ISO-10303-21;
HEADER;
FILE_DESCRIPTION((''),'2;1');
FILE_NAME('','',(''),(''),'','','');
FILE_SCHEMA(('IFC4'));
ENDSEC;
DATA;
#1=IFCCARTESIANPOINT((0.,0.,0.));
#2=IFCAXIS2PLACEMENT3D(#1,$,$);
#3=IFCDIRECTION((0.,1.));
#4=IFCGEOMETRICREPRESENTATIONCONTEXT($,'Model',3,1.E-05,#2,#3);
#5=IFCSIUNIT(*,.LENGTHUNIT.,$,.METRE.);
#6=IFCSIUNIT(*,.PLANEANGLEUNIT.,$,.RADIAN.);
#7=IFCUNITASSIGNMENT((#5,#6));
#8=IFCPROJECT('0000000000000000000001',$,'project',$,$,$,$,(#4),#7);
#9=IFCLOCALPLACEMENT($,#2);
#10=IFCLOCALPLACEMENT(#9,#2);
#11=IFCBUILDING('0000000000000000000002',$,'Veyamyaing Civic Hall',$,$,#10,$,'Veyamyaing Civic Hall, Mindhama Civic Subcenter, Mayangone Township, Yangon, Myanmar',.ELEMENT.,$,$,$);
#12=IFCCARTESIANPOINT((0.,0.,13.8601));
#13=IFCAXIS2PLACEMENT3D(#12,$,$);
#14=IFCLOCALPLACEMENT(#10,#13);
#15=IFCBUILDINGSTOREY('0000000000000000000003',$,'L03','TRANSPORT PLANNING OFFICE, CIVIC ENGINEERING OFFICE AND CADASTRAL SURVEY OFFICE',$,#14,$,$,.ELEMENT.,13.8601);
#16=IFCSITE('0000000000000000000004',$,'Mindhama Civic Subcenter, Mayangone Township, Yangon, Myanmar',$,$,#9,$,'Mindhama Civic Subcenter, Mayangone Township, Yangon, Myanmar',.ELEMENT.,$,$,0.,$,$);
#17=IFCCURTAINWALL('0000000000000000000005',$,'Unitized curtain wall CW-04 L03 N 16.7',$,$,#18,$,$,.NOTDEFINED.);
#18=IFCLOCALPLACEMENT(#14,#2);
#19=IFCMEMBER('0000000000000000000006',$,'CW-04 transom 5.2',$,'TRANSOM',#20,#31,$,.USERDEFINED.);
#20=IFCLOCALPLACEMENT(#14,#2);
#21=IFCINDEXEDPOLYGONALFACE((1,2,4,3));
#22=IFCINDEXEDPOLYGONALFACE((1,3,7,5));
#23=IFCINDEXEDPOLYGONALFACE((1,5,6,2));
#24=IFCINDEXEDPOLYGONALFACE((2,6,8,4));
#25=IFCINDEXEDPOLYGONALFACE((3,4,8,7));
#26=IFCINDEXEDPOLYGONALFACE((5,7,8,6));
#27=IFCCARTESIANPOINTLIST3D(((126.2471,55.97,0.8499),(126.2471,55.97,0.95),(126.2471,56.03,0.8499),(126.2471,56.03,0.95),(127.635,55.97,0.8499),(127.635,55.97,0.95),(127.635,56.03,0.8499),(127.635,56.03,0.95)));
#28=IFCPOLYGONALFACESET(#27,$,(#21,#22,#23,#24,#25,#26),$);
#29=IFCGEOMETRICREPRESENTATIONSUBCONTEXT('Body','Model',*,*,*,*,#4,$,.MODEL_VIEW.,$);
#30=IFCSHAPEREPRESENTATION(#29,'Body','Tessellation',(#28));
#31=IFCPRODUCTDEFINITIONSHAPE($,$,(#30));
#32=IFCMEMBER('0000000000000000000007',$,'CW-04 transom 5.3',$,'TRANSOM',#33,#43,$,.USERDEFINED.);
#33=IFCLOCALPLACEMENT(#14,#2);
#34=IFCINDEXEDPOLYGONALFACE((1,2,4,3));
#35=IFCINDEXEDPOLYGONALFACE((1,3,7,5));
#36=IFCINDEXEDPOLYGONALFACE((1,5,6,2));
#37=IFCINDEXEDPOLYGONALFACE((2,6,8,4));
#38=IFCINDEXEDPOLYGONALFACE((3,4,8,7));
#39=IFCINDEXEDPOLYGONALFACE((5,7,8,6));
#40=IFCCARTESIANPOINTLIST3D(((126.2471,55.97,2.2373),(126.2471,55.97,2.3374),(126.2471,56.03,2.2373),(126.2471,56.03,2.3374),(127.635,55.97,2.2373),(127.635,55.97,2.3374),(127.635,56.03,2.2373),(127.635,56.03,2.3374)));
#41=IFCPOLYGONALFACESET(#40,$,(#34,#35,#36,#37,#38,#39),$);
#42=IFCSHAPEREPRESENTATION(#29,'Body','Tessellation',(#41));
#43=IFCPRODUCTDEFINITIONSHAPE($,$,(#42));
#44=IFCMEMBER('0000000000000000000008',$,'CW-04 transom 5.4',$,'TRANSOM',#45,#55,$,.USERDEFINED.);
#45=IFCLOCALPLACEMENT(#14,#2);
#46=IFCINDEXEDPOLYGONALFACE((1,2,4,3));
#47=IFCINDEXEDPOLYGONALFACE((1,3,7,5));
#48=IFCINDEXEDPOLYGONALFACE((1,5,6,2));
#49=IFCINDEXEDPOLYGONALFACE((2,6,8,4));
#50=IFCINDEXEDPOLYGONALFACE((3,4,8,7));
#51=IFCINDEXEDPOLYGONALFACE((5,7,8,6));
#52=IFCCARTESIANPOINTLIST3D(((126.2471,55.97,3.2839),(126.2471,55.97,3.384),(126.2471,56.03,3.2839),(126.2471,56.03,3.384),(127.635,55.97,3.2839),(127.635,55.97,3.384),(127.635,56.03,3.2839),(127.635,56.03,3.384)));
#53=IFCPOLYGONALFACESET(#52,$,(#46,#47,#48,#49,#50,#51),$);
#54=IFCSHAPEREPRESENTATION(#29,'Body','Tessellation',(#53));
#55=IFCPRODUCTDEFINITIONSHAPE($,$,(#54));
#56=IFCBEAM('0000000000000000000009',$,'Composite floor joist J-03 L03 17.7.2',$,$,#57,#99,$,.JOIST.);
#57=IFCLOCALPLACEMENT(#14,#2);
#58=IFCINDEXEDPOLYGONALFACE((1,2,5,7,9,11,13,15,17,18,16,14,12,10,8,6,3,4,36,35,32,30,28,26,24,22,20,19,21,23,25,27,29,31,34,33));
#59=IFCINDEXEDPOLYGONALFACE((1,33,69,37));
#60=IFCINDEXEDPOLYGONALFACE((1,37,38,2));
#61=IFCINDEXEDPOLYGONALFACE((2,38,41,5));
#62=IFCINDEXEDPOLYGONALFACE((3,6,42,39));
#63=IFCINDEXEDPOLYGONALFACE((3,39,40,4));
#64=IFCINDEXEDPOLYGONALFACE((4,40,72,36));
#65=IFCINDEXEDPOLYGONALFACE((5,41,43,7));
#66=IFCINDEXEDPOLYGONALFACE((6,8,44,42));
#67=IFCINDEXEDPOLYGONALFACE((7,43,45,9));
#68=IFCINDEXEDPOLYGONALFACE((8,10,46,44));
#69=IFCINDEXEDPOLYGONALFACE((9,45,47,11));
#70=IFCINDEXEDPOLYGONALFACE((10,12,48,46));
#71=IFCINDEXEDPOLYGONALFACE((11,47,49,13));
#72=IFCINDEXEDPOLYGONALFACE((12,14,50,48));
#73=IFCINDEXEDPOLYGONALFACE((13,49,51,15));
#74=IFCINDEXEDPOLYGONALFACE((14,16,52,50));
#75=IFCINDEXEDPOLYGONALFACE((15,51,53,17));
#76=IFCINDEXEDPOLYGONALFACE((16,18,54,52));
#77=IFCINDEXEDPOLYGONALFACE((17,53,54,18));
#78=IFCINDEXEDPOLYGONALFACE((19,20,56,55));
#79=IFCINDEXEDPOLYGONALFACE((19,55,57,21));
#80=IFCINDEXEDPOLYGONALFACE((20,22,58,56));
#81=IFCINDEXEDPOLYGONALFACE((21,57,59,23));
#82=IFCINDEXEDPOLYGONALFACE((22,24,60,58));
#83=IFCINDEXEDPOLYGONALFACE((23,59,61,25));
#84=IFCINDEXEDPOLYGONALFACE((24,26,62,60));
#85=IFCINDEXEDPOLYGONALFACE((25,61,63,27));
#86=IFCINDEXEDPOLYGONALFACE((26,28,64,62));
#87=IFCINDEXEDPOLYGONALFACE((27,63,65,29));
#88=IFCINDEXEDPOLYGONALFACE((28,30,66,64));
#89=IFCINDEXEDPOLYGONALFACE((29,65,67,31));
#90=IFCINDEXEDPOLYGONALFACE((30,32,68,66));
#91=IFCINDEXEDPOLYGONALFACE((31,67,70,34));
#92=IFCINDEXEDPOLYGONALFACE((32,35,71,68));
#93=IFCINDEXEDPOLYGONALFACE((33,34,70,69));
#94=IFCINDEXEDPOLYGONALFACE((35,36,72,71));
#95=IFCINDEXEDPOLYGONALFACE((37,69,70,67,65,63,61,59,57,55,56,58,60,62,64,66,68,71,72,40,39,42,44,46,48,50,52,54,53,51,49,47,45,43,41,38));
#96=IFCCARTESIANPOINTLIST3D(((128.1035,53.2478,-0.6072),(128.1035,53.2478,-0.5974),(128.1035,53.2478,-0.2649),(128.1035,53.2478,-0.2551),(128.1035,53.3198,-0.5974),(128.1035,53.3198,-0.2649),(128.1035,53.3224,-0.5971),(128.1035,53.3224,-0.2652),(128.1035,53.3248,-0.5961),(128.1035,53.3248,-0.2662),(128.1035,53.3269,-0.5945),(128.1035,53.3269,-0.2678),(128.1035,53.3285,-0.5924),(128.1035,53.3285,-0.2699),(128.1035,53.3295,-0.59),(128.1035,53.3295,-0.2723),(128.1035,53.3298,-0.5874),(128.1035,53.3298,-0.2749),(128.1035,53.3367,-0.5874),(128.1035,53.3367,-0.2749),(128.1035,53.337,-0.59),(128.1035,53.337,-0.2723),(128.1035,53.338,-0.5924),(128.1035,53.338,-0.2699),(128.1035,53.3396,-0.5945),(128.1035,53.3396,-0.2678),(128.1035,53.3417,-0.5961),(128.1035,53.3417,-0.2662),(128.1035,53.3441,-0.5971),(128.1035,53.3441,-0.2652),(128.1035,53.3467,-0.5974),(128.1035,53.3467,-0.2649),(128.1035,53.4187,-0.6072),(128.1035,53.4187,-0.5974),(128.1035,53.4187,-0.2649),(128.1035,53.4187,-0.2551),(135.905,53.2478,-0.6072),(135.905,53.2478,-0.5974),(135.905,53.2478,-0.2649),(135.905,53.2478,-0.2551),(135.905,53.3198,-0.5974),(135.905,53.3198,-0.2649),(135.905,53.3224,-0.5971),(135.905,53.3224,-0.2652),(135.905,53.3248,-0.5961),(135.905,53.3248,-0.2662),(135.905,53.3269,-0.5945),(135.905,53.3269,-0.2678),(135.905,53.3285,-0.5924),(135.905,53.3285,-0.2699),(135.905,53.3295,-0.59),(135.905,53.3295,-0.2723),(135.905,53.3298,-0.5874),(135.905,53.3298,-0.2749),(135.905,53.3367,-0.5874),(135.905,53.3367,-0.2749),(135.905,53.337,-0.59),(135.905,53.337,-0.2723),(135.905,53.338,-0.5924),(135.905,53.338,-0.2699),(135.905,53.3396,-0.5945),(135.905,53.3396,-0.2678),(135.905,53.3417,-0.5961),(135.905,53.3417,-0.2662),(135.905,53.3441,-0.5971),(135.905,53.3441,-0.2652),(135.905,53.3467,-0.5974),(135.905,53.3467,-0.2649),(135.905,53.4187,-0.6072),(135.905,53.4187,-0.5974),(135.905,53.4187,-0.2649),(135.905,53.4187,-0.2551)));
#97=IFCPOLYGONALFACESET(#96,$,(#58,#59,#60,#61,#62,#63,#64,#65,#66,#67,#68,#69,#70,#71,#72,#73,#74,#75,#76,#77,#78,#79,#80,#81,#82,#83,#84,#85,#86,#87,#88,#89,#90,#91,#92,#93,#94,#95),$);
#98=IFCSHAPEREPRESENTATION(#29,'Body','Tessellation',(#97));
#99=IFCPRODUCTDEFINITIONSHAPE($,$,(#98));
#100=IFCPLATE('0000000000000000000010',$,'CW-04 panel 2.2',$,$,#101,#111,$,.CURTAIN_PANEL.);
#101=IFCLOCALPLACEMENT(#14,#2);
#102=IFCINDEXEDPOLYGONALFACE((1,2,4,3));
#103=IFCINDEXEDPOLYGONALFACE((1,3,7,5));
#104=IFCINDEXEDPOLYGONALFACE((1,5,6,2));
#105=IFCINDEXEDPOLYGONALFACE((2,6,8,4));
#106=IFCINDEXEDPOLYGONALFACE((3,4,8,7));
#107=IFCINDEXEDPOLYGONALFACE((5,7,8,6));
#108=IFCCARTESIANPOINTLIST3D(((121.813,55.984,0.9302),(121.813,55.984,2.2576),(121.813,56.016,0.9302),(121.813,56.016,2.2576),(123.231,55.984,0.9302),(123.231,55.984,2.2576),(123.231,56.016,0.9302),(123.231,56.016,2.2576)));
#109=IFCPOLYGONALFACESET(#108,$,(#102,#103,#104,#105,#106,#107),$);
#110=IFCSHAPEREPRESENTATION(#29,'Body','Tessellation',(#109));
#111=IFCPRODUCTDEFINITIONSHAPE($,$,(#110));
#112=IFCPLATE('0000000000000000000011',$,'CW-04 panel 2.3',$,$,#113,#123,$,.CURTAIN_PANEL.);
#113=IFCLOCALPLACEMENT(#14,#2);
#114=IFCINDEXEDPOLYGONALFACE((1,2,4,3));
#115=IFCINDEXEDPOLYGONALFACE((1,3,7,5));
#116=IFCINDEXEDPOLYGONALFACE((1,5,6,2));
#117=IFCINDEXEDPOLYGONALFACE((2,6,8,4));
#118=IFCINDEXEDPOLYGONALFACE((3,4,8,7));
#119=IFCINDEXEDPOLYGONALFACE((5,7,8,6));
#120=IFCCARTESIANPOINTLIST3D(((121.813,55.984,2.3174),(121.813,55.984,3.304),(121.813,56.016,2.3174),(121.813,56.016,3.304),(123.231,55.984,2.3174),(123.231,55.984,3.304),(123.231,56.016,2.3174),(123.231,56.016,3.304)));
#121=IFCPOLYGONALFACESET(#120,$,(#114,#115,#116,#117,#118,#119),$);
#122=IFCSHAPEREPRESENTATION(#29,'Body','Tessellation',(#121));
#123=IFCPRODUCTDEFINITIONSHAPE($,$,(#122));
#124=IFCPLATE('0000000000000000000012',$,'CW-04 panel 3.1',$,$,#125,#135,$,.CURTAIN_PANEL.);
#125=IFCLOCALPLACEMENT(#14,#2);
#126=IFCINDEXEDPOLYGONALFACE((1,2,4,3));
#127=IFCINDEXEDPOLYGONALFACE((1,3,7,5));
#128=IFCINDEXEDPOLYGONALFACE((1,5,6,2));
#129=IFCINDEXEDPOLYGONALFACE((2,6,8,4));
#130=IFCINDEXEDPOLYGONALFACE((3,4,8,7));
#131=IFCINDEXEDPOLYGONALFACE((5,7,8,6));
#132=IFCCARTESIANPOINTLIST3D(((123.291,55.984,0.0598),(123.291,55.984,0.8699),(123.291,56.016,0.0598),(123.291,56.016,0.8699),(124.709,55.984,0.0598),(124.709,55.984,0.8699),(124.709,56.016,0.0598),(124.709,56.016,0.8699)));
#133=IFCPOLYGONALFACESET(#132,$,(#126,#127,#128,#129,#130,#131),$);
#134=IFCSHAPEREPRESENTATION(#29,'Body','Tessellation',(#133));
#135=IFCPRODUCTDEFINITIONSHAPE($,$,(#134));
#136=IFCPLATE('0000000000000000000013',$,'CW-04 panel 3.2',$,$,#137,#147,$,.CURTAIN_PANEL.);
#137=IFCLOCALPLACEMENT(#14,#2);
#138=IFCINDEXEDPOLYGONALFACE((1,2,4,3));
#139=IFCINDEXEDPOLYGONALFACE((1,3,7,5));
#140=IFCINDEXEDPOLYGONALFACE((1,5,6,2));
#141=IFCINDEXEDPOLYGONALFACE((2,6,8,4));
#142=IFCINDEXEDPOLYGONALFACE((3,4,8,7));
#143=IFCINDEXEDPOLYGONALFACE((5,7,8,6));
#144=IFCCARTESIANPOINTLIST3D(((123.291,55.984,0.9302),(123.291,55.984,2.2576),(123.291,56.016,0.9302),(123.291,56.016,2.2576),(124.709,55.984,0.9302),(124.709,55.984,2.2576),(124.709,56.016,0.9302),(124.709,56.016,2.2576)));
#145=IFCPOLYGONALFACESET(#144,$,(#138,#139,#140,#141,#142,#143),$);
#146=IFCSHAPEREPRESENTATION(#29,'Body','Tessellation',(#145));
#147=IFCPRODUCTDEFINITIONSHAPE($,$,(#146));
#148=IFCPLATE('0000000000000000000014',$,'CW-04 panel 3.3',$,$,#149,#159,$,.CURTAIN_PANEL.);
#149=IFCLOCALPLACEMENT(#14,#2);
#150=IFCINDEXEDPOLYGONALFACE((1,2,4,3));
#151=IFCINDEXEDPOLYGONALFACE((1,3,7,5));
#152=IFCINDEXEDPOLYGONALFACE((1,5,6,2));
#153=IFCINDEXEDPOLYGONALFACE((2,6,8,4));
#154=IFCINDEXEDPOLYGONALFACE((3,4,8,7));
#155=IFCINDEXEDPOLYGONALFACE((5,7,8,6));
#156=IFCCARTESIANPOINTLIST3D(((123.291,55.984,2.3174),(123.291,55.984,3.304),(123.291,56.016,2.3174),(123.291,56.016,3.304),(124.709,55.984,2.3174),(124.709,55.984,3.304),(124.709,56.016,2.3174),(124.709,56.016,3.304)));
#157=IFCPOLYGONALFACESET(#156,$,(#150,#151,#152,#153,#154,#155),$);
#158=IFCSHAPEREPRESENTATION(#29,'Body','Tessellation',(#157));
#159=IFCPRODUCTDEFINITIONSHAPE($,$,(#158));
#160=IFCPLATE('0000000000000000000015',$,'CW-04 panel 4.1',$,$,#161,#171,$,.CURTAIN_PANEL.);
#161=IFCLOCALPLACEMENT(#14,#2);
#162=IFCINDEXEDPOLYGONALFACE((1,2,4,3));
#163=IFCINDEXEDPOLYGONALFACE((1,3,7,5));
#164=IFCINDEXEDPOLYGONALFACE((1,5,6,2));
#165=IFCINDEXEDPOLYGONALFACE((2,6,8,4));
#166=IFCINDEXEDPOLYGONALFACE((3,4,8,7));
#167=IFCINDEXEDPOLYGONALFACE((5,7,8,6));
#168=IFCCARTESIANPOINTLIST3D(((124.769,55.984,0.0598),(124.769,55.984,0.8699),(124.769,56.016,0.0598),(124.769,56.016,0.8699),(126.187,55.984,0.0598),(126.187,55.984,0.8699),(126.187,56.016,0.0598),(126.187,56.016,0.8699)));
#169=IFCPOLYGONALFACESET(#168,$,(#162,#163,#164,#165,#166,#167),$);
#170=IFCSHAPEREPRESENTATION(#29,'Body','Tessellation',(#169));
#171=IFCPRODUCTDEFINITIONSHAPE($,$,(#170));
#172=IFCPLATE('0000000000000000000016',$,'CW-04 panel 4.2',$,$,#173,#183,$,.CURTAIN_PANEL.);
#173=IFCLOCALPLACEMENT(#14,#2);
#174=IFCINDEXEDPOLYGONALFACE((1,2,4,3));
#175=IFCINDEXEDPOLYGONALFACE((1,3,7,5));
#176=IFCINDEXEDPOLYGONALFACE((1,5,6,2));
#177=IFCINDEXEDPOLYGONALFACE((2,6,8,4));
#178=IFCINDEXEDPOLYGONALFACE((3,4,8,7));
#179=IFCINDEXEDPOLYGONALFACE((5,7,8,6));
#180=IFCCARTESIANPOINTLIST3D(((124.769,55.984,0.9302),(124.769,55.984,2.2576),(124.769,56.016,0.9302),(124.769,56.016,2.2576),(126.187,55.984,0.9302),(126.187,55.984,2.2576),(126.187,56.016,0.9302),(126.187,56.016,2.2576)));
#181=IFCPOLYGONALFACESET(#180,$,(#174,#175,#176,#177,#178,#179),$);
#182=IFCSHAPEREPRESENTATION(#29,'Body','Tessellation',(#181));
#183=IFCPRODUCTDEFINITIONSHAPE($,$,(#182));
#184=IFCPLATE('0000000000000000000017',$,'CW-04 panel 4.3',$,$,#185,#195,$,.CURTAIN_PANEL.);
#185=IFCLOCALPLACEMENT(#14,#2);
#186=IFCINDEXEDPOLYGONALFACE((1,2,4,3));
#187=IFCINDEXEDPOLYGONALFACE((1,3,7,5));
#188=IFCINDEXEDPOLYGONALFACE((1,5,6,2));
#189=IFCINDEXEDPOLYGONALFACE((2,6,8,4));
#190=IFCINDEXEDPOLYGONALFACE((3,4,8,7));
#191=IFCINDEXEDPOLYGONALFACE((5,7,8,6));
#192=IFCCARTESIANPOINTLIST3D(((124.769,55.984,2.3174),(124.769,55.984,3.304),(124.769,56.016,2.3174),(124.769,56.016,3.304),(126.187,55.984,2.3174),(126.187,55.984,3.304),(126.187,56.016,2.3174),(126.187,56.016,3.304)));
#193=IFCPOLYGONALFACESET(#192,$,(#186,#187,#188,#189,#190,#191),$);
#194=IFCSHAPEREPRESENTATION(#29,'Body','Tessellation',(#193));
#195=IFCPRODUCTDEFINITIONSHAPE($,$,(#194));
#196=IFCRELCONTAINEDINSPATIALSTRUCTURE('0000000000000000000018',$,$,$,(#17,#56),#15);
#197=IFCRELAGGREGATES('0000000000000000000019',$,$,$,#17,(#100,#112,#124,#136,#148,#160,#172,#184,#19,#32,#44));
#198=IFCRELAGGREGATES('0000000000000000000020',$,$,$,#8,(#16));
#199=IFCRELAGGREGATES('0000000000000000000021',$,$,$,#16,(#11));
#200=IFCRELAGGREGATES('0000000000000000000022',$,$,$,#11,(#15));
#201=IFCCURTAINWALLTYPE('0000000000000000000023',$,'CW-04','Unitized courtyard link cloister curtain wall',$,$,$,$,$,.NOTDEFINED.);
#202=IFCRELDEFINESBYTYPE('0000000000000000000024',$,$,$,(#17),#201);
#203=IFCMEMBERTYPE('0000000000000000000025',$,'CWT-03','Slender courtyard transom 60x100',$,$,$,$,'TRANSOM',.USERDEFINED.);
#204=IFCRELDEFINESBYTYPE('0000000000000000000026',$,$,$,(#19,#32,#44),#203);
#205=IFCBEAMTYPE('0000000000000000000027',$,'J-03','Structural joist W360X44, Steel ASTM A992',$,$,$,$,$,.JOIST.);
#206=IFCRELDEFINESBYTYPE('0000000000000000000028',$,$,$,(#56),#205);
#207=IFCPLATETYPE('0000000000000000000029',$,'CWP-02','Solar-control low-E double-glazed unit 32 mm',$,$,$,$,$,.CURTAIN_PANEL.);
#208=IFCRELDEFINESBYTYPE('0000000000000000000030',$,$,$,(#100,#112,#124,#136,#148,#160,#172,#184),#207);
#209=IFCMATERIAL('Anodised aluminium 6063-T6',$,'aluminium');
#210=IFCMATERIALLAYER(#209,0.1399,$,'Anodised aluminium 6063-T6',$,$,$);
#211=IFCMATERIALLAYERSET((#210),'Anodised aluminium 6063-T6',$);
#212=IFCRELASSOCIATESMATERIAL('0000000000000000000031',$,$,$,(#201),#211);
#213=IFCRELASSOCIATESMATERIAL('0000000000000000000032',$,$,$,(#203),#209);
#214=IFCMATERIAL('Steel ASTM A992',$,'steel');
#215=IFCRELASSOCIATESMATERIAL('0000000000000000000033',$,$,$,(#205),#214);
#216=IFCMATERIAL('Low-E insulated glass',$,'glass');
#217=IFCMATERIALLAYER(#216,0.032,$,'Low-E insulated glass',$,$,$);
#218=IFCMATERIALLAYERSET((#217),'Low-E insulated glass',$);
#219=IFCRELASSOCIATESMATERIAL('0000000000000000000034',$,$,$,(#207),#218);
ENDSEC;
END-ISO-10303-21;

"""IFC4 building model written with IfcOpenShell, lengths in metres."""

from ifc_helpers import new_model, si_unit, direction, frame, origin, origin_2d, place, context, subcontext, project, spatial, rectangle, i_section, extrude, material, layer, layer_set, material_profile, profile_set, type_object, element, aggregate, save


model = new_model("IFC4")

# Units and contexts
model_context = context("Model", 3, precision=1e-05, world=origin(), true_north=direction((0.0, 1.0)))
body_context = subcontext(model_context, "Body", "Model", "MODEL_VIEW")
ifc_project = project(units=[si_unit("LENGTHUNIT", "METRE"), si_unit("PLANEANGLEUNIT", "RADIAN")], contexts=[model_context])

# Site, building, storey
site_placement = place(None, origin())
site = spatial("IfcSite", under=ifc_project, at=site_placement, Name="Mindhama Civic Subcenter, Mayangone Township, Yangon, Myanmar", LongName="Mindhama Civic Subcenter, Mayangone Township, Yangon, Myanmar", CompositionType="ELEMENT", RefElevation=0.0)
building_placement = place(site_placement, origin())
building = spatial("IfcBuilding", under=site, at=building_placement, Name="Veyamyaing Civic Hall", LongName="Veyamyaing Civic Hall, Mindhama Civic Subcenter, Mayangone Township, Yangon, Myanmar", CompositionType="ELEMENT")
storey_placement = place(building_placement, frame((0.0, 0.0, 13.8601)))
storey = spatial("IfcBuildingStorey", under=building, at=storey_placement, Name="L03", Description="TRANSPORT PLANNING OFFICE, CIVIC ENGINEERING OFFICE AND CADASTRAL SURVEY OFFICE", CompositionType="ELEMENT", Elevation=13.8601)

# Curtain wall, members
ifc_material_1 = material(Name="Anodised aluminium 6063-T6", Category="aluminium")
ifc_layer_1 = layer(ifc_material_1, 0.1399, Name="Anodised aluminium 6063-T6")
ifc_layer_set_1 = layer_set([ifc_layer_1], Name="Anodised aluminium 6063-T6")
curtain_wall_type = type_object("IfcCurtainWallType", Name="CW-04", Description="Unitized courtyard link cloister curtain wall", PredefinedType="NOTDEFINED", material=ifc_layer_set_1)
curtain_wall_placement = place(storey_placement, origin())
curtain_wall = element("IfcCurtainWall", 1, at=curtain_wall_placement, inside=storey, type_object=curtain_wall_type, Name="Unitized curtain wall CW-04 L03 N 16.7", PredefinedType="NOTDEFINED")
ifc_material_profile_1 = material_profile(ifc_material_1, rectangle(XDim=0.0601, YDim=0.1001, at=origin_2d()), Name="ALU-TRN-60X100")
ifc_profile_set_1 = profile_set([ifc_material_profile_1], Name="Anodised aluminium 6063-T6")
member_type_1 = type_object("IfcMemberType", Name="CWT-03", Description="Slender courtyard transom 60x100", ElementType="TRANSOM", PredefinedType="USERDEFINED", material=ifc_profile_set_1)
member_1_placement = place(storey_placement, frame((126.2471, 56.0, 0.8999), z_axis=(1.0, 0.0, 0.0), x_axis=(0.0, 1.0, 0.0)))
member_1 = element("IfcMember", 2, at=member_1_placement, type_object=member_type_1, Name="CW-04 transom 5.2", ObjectType="TRANSOM", PredefinedType="USERDEFINED", context=body_context, shape_type="SweptSolid", body=[
    extrude(rectangle(XDim=0.0601, YDim=0.1001, at=origin_2d()), origin(), (0.0, 0.0, 1.0), 1.3879),
])
member_2_placement = place(storey_placement, frame((126.2471, 56.0, 2.2874), z_axis=(1.0, 0.0, 0.0), x_axis=(0.0, 1.0, 0.0)))
member_2 = element("IfcMember", 3, at=member_2_placement, type_object=member_type_1, Name="CW-04 transom 5.3", ObjectType="TRANSOM", PredefinedType="USERDEFINED", context=body_context, shape_type="SweptSolid", body=[
    extrude(rectangle(XDim=0.0601, YDim=0.1001, at=origin_2d()), origin(), (0.0, 0.0, 1.0), 1.3879),
])
member_3_placement = place(storey_placement, frame((126.2471, 56.0, 3.334), z_axis=(1.0, 0.0, 0.0), x_axis=(0.0, 1.0, 0.0)))
member_3 = element("IfcMember", 4, at=member_3_placement, type_object=member_type_1, Name="CW-04 transom 5.4", ObjectType="TRANSOM", PredefinedType="USERDEFINED", context=body_context, shape_type="SweptSolid", body=[
    extrude(rectangle(XDim=0.0601, YDim=0.1001, at=origin_2d()), origin(), (0.0, 0.0, 1.0), 1.3879),
])

# Beam
ifc_material_2 = material(Name="Steel ASTM A992", Category="steel")
ifc_material_profile_2 = material_profile(ifc_material_2, i_section(OverallWidth=0.1709, OverallDepth=0.3521, WebThickness=0.0068, FlangeThickness=0.0098, FilletRadius=0.01, at=origin_2d()), Name="W360X44")
ifc_profile_set_2 = profile_set([ifc_material_profile_2], Name="Steel ASTM A992")
beam_type = type_object("IfcBeamType", Name="J-03", Description="Structural joist W360X44, Steel ASTM A992", PredefinedType="JOIST", material=ifc_profile_set_2)
beam_placement = place(storey_placement, frame((128.1035, 53.3333, -0.4312), z_axis=(1.0, 0.0, 0.0), x_axis=(0.0, 1.0, 0.0)))
element("IfcBeam", 5, at=beam_placement, inside=storey, type_object=beam_type, Name="Composite floor joist J-03 L03 17.7.2", PredefinedType="JOIST", context=body_context, shape_type="SweptSolid", body=[
    extrude(i_section(OverallWidth=0.1709, OverallDepth=0.3521, WebThickness=0.0068, FlangeThickness=0.0098, FilletRadius=0.01, at=origin_2d()), origin(), (0.0, 0.0, 1.0), 7.8015),
])

# Plates
ifc_material_3 = material(Name="Low-E insulated glass", Category="glass")
ifc_layer_2 = layer(ifc_material_3, 0.032, Name="Low-E insulated glass")
ifc_layer_set_2 = layer_set([ifc_layer_2], Name="Low-E insulated glass")
plate_type = type_object("IfcPlateType", Name="CWP-02", Description="Solar-control low-E double-glazed unit 32 mm", PredefinedType="CURTAIN_PANEL", material=ifc_layer_set_2)
plate_1_placement = place(storey_placement, frame((122.522, 56.0, 0.9302), z_axis=(0.0, 0.0, 1.0), x_axis=(1.0, 0.0, 0.0)))
plate_1 = element("IfcPlate", 6, at=plate_1_placement, type_object=plate_type, Name="CW-04 panel 2.2", PredefinedType="CURTAIN_PANEL", context=body_context, shape_type="SweptSolid", body=[
    extrude(rectangle(XDim=1.418, YDim=0.032, at=origin_2d()), origin(), (0.0, 0.0, 1.0), 1.3274),
])
plate_2_placement = place(storey_placement, frame((122.522, 56.0, 2.3174), z_axis=(0.0, 0.0, 1.0), x_axis=(1.0, 0.0, 0.0)))
plate_2 = element("IfcPlate", 7, at=plate_2_placement, type_object=plate_type, Name="CW-04 panel 2.3", PredefinedType="CURTAIN_PANEL", context=body_context, shape_type="SweptSolid", body=[
    extrude(rectangle(XDim=1.418, YDim=0.032, at=origin_2d()), origin(), (0.0, 0.0, 1.0), 0.9866),
])
plate_3_placement = place(storey_placement, frame((124.0, 56.0, 0.0598), z_axis=(0.0, 0.0, 1.0), x_axis=(1.0, 0.0, 0.0)))
plate_3 = element("IfcPlate", 8, at=plate_3_placement, type_object=plate_type, Name="CW-04 panel 3.1", PredefinedType="CURTAIN_PANEL", context=body_context, shape_type="SweptSolid", body=[
    extrude(rectangle(XDim=1.418, YDim=0.032, at=origin_2d()), origin(), (0.0, 0.0, 1.0), 0.8101),
])
plate_4_placement = place(storey_placement, frame((124.0, 56.0, 0.9302), z_axis=(0.0, 0.0, 1.0), x_axis=(1.0, 0.0, 0.0)))
plate_4 = element("IfcPlate", 9, at=plate_4_placement, type_object=plate_type, Name="CW-04 panel 3.2", PredefinedType="CURTAIN_PANEL", context=body_context, shape_type="SweptSolid", body=[
    extrude(rectangle(XDim=1.418, YDim=0.032, at=origin_2d()), origin(), (0.0, 0.0, 1.0), 1.3274),
])
plate_5_placement = place(storey_placement, frame((124.0, 56.0, 2.3174), z_axis=(0.0, 0.0, 1.0), x_axis=(1.0, 0.0, 0.0)))
plate_5 = element("IfcPlate", 10, at=plate_5_placement, type_object=plate_type, Name="CW-04 panel 3.3", PredefinedType="CURTAIN_PANEL", context=body_context, shape_type="SweptSolid", body=[
    extrude(rectangle(XDim=1.418, YDim=0.032, at=origin_2d()), origin(), (0.0, 0.0, 1.0), 0.9866),
])
plate_6_placement = place(storey_placement, frame((125.478, 56.0, 0.0598), z_axis=(0.0, 0.0, 1.0), x_axis=(1.0, 0.0, 0.0)))
plate_6 = element("IfcPlate", 11, at=plate_6_placement, type_object=plate_type, Name="CW-04 panel 4.1", PredefinedType="CURTAIN_PANEL", context=body_context, shape_type="SweptSolid", body=[
    extrude(rectangle(XDim=1.418, YDim=0.032, at=origin_2d()), origin(), (0.0, 0.0, 1.0), 0.8101),
])
plate_7_placement = place(storey_placement, frame((125.478, 56.0, 0.9302), z_axis=(0.0, 0.0, 1.0), x_axis=(1.0, 0.0, 0.0)))
plate_7 = element("IfcPlate", 12, at=plate_7_placement, type_object=plate_type, Name="CW-04 panel 4.2", PredefinedType="CURTAIN_PANEL", context=body_context, shape_type="SweptSolid", body=[
    extrude(rectangle(XDim=1.418, YDim=0.032, at=origin_2d()), origin(), (0.0, 0.0, 1.0), 1.3274),
])
plate_8_placement = place(storey_placement, frame((125.478, 56.0, 2.3174), z_axis=(0.0, 0.0, 1.0), x_axis=(1.0, 0.0, 0.0)))
plate_8 = element("IfcPlate", 13, at=plate_8_placement, type_object=plate_type, Name="CW-04 panel 4.3", PredefinedType="CURTAIN_PANEL", context=body_context, shape_type="SweptSolid", body=[
    extrude(rectangle(XDim=1.418, YDim=0.032, at=origin_2d()), origin(), (0.0, 0.0, 1.0), 0.9866),
])
aggregate(curtain_wall, [plate_1, plate_2, plate_3, plate_4, plate_5, plate_6, plate_7, plate_8, member_1, member_2, member_3])

save(model, "model.ifc")
